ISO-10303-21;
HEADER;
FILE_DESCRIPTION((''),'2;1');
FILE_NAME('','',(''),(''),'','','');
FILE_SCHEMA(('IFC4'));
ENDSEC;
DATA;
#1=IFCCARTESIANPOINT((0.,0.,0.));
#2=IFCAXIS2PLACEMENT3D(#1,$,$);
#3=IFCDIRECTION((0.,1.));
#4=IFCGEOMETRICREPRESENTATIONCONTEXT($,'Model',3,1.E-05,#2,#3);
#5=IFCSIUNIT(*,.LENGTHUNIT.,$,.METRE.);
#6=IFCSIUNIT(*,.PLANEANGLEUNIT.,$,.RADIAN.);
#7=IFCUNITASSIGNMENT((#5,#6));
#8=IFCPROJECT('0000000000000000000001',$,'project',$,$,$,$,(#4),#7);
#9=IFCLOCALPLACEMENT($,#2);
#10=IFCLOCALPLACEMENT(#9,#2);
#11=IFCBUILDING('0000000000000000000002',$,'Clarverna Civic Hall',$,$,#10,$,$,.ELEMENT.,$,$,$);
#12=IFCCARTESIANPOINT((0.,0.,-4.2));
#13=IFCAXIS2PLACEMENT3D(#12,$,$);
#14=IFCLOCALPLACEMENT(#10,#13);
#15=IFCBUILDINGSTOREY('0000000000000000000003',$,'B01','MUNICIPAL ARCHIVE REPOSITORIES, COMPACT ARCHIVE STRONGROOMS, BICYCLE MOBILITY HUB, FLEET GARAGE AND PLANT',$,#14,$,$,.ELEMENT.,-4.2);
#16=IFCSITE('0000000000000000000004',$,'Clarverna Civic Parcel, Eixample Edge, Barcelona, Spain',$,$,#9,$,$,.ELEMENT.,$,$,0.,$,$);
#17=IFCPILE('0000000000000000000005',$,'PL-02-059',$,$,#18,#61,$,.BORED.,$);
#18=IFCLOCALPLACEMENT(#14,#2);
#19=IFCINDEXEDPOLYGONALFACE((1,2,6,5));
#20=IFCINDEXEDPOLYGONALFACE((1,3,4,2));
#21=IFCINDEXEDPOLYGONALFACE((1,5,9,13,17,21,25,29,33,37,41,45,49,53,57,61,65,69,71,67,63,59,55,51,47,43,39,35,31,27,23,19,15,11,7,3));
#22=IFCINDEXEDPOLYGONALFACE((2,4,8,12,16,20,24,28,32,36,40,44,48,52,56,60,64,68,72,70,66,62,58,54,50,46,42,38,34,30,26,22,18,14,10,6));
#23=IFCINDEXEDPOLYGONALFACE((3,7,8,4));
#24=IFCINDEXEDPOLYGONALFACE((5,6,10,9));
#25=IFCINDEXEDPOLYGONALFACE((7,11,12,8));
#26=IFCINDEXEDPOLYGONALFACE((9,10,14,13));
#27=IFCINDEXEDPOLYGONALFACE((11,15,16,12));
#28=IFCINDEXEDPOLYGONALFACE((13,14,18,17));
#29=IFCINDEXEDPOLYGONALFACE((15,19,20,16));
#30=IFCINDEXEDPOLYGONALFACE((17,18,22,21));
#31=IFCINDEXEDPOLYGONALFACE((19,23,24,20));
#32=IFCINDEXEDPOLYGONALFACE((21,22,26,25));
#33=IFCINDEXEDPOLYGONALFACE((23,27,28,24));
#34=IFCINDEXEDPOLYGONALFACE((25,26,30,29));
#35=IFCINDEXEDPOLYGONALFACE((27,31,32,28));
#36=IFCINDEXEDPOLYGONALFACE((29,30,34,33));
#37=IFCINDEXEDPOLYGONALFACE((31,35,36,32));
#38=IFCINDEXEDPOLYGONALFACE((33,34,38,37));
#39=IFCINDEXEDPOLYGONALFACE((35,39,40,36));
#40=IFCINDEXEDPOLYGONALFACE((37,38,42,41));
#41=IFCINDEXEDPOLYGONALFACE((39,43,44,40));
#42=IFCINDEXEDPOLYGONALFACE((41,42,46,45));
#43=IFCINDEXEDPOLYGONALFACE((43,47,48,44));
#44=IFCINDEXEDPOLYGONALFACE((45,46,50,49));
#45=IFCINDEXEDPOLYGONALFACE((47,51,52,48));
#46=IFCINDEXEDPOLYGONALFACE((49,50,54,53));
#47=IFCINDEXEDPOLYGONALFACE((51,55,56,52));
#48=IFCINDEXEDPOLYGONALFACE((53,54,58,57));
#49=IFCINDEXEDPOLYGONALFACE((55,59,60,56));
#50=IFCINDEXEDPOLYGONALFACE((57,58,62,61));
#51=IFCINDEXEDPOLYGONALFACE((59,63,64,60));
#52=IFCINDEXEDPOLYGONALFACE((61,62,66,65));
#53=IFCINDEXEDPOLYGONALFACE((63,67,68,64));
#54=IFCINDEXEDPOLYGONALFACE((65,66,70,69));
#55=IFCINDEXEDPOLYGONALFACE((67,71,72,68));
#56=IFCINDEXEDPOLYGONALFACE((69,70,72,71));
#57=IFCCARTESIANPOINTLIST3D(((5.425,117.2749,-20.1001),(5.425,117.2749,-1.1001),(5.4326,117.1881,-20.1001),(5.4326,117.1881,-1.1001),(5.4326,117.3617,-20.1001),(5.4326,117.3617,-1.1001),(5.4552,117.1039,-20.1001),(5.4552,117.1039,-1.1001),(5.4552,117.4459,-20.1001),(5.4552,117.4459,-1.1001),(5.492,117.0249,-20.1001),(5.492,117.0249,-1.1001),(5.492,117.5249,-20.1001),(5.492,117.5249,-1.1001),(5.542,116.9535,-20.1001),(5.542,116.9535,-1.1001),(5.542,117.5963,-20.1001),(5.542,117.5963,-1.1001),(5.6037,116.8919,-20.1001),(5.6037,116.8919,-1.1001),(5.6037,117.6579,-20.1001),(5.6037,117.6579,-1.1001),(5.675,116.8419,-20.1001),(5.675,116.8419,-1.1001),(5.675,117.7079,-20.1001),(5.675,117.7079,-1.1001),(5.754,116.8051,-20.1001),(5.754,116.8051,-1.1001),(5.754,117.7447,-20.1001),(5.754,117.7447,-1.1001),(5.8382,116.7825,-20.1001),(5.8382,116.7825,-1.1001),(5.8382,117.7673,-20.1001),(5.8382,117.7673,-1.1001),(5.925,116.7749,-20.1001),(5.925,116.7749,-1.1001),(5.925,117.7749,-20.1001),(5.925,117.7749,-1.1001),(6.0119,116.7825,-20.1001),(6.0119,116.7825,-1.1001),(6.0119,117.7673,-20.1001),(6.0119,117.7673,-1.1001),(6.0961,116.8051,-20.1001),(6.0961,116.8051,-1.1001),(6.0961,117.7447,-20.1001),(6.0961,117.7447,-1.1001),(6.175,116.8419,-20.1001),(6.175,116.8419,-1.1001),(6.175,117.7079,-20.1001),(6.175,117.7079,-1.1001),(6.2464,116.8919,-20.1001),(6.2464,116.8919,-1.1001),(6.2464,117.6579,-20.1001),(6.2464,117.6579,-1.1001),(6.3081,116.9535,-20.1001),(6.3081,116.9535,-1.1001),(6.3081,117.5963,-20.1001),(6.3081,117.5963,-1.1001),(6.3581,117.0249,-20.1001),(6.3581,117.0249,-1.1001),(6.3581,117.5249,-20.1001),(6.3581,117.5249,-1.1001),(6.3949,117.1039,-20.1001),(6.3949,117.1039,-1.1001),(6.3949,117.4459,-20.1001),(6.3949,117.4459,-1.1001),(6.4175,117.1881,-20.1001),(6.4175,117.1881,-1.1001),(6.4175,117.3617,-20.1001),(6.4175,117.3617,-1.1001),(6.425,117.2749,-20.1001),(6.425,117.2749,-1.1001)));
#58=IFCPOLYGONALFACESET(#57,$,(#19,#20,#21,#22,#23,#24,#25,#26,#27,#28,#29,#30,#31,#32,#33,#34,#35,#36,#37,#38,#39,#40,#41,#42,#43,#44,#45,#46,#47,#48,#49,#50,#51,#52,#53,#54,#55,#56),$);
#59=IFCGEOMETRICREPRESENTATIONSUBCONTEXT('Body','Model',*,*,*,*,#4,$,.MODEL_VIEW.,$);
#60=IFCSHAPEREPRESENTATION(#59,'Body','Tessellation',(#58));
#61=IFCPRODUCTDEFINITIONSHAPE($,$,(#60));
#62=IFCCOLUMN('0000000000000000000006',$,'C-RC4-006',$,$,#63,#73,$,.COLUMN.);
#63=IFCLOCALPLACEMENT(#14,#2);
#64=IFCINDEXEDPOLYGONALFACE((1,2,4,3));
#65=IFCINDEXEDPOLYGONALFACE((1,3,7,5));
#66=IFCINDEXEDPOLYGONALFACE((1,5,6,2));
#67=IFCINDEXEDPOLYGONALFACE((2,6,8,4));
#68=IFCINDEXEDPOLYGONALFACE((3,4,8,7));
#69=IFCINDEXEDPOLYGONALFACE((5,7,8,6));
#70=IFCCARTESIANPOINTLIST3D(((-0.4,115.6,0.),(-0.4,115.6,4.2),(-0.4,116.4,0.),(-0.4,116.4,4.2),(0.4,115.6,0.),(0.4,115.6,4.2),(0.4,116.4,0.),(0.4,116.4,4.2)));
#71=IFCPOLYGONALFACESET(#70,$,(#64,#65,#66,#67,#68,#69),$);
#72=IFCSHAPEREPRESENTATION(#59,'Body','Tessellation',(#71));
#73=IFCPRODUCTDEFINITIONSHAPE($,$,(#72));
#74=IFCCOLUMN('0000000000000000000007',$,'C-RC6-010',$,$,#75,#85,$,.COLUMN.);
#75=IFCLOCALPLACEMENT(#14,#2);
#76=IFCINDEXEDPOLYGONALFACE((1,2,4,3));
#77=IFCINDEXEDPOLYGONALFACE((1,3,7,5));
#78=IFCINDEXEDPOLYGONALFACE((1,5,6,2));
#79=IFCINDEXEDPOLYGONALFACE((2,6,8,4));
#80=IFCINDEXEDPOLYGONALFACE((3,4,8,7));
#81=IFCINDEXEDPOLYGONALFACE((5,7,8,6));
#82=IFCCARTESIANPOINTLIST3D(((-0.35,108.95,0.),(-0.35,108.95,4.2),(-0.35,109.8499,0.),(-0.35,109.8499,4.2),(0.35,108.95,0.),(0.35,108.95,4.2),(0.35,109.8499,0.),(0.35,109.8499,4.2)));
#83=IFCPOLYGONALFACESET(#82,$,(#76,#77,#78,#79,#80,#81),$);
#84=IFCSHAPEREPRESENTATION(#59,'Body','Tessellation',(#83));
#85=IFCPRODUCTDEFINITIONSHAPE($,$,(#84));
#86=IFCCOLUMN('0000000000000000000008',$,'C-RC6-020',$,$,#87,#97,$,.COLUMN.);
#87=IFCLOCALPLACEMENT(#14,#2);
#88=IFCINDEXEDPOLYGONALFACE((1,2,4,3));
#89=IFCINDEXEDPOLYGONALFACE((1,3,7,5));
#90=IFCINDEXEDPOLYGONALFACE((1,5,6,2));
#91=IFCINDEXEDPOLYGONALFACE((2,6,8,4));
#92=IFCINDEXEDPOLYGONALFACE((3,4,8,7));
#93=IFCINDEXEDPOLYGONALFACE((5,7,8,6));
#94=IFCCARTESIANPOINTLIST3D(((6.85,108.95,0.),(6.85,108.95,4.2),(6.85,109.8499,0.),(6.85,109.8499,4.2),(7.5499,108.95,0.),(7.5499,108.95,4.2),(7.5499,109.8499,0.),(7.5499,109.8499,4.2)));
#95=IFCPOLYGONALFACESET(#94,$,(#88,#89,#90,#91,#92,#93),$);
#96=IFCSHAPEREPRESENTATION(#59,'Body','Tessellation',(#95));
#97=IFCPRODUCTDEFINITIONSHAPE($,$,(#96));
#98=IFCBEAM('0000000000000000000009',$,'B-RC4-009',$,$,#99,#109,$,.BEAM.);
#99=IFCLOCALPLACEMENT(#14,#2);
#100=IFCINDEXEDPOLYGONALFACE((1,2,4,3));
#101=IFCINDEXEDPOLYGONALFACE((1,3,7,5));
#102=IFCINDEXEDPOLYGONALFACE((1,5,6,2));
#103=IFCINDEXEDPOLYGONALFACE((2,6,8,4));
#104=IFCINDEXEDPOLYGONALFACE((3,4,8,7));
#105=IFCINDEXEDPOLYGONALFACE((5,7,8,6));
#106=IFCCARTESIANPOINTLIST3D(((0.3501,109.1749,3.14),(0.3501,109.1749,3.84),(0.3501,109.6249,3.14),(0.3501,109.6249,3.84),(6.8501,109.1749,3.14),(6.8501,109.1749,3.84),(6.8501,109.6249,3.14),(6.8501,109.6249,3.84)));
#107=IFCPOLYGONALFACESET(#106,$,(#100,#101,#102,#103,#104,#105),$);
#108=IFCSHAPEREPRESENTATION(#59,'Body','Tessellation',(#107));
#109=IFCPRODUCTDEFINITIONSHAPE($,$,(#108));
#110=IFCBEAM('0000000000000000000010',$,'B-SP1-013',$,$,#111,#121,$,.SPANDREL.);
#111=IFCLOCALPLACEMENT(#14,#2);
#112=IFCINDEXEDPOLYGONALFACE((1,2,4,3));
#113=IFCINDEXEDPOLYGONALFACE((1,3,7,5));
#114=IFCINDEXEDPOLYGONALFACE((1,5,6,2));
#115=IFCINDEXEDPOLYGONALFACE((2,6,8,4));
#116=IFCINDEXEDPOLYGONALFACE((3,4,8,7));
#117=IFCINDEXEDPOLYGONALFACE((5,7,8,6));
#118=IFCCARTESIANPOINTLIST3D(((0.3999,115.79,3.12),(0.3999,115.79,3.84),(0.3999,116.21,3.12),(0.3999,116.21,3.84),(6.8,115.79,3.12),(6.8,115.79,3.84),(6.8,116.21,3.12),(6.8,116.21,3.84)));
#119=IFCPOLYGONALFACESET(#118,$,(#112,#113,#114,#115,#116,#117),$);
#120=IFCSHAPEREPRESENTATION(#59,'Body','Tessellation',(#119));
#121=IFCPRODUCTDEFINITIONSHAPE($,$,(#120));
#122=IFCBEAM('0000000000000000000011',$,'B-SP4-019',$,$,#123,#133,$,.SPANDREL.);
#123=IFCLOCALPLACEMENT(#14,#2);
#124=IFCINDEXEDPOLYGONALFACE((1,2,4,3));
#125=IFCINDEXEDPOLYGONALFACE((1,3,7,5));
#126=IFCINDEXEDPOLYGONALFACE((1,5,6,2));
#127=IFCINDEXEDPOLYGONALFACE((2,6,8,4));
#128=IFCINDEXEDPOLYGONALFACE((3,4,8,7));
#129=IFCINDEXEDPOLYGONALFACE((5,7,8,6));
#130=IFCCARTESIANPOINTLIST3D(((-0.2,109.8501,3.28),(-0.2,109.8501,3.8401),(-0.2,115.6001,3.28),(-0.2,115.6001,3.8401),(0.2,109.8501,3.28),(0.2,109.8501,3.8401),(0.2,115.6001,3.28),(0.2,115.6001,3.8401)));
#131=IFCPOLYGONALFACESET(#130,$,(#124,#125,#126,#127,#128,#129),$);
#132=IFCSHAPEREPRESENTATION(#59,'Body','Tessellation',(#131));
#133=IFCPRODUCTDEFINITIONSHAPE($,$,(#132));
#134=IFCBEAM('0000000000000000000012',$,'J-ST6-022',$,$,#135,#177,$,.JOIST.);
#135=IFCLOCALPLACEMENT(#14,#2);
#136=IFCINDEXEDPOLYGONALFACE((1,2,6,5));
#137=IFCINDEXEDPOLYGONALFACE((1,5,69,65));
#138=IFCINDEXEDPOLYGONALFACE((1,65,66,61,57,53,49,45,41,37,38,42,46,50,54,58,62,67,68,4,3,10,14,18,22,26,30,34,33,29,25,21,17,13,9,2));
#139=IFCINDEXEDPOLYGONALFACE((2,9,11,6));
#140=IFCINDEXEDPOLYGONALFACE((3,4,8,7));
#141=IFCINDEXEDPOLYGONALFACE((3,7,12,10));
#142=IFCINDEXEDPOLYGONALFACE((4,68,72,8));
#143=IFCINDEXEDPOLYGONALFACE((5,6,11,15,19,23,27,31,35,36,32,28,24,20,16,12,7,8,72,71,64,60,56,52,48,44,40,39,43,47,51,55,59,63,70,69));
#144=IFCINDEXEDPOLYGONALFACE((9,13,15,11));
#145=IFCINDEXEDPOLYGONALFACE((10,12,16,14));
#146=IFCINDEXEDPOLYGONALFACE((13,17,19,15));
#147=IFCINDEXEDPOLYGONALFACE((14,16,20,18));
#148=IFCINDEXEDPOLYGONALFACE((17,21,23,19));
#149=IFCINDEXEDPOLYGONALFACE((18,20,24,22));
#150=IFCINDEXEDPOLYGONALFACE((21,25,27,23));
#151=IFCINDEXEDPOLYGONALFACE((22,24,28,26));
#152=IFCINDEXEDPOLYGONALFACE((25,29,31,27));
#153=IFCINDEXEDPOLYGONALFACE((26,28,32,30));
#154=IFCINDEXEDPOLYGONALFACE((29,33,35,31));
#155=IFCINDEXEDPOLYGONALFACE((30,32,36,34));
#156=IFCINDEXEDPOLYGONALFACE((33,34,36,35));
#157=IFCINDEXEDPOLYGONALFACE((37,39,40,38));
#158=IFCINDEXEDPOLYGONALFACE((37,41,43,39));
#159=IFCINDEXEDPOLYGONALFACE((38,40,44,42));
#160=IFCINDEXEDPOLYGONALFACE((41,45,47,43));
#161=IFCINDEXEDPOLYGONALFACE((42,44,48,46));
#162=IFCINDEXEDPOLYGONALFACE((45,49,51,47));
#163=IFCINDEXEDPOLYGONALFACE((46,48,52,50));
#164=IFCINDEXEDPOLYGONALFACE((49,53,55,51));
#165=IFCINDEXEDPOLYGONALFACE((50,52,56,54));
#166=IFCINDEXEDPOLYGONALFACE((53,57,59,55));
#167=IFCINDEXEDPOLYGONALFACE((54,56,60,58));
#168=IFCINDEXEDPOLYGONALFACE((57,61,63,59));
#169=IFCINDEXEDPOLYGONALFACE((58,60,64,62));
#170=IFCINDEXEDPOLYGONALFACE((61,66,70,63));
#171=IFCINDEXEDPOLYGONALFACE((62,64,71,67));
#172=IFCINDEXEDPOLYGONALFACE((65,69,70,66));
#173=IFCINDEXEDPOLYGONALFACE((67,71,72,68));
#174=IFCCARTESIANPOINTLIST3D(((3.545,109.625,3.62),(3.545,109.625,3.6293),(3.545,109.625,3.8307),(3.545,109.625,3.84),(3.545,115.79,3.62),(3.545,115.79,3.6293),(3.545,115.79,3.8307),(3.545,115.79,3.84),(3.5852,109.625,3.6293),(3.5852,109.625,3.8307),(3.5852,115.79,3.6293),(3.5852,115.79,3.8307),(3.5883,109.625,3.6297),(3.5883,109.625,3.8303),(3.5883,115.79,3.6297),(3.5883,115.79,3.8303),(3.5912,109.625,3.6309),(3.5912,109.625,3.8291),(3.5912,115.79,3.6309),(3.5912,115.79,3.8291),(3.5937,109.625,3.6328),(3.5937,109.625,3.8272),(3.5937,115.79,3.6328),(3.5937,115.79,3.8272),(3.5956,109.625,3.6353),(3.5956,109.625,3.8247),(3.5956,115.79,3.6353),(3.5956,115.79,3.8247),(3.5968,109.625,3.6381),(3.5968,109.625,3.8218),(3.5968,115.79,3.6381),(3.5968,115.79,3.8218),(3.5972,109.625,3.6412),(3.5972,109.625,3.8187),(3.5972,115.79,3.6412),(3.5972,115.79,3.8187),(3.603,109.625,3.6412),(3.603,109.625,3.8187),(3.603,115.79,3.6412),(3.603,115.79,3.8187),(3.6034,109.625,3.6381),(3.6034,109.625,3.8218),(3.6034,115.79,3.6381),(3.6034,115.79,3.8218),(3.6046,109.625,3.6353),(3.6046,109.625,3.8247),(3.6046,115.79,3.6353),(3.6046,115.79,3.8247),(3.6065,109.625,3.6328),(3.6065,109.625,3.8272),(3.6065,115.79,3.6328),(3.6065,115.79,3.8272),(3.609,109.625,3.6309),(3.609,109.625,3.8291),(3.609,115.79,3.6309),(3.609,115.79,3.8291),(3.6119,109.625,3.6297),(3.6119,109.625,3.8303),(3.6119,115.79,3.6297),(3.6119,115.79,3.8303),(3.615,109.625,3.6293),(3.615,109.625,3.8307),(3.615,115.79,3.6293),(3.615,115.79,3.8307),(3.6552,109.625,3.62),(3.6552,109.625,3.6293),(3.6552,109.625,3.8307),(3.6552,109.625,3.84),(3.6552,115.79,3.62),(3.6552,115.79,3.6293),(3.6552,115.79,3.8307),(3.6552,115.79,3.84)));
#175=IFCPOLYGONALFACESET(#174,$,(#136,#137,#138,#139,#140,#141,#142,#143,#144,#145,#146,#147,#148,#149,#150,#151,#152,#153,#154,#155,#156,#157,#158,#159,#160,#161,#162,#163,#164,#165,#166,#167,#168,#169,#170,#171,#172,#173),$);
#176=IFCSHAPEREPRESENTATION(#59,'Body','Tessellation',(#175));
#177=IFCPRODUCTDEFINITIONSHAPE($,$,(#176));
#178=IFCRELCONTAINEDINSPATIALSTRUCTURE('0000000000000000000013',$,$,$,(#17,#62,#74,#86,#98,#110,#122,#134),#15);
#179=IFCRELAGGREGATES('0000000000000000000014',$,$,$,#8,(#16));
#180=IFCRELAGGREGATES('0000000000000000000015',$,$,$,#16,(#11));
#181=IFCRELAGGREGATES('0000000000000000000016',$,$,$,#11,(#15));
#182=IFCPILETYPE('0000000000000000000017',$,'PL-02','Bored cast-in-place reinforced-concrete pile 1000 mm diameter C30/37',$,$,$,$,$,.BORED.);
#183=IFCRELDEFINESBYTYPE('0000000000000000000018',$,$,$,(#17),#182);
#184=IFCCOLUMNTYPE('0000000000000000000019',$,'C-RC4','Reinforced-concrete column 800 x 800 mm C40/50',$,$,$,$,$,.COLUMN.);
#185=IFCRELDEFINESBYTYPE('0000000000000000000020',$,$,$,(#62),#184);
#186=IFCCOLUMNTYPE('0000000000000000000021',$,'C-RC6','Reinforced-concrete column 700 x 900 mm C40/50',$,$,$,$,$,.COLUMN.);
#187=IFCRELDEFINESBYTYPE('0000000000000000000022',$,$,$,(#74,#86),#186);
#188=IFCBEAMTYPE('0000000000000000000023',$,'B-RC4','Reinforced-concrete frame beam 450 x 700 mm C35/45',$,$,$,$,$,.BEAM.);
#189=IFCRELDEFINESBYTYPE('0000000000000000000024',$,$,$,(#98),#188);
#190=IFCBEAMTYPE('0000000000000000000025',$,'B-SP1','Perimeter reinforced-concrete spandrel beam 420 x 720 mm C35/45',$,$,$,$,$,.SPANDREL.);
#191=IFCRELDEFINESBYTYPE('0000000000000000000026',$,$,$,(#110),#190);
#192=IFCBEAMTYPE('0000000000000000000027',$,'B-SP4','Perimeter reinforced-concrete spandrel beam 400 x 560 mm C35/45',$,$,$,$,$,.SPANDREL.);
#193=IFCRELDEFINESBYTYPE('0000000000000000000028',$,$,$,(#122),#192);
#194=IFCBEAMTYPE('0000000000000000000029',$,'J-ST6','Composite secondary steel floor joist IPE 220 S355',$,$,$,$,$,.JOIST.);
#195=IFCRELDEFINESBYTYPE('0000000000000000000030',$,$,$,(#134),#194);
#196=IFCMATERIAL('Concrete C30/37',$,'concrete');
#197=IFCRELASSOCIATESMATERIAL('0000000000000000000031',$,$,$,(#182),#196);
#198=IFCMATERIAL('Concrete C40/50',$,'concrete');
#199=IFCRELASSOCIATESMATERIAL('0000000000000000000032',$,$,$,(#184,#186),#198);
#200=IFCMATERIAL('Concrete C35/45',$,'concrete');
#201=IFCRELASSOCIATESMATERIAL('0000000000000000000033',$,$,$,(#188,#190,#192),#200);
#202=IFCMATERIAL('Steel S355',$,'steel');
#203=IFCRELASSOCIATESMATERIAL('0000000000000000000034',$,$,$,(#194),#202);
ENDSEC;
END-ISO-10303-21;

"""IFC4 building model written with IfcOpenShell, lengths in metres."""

from ifc_helpers import new_model, si_unit, direction, frame, origin, origin_2d, place, context, subcontext, project, spatial, rectangle, circle, i_section, extrude, material, material_profile, profile_set, type_object, element, save


model = new_model("IFC4")

# Units and contexts
model_context = context("Model", 3, precision=1e-05, world=origin(), true_north=direction((0.0, 1.0)))
body_context = subcontext(model_context, "Body", "Model", "MODEL_VIEW")
ifc_project = project(units=[si_unit("LENGTHUNIT", "METRE"), si_unit("PLANEANGLEUNIT", "RADIAN")], contexts=[model_context])

# Site, building, storey
site_placement = place(None, origin())
site = spatial("IfcSite", under=ifc_project, at=site_placement, Name="Clarverna Civic Parcel, Eixample Edge, Barcelona, Spain", CompositionType="ELEMENT", RefElevation=0.0)
building_placement = place(site_placement, origin())
building = spatial("IfcBuilding", under=site, at=building_placement, Name="Clarverna Civic Hall", CompositionType="ELEMENT")
storey_placement = place(building_placement, frame((0.0, 0.0, -4.2)))
storey = spatial("IfcBuildingStorey", under=building, at=storey_placement, Name="B01", Description="MUNICIPAL ARCHIVE REPOSITORIES, COMPACT ARCHIVE STRONGROOMS, BICYCLE MOBILITY HUB, FLEET GARAGE AND PLANT", CompositionType="ELEMENT", Elevation=-4.2)

# Shared definitions
ifc_material_1 = material(Name="Concrete C30/37", Category="concrete")

# Pile
ifc_material_profile_1 = material_profile(ifc_material_1, circle(Radius=0.5, at=origin_2d()), Name="BORED PILE D1000")
ifc_profile_set_1 = profile_set([ifc_material_profile_1], Name="Concrete C30/37")
pile_type = type_object("IfcPileType", Name="PL-02", Description="Bored cast-in-place reinforced-concrete pile 1000 mm diameter C30/37", PredefinedType="BORED", material=ifc_profile_set_1)
for number, where, z_axis, x_axis, name in (
    (1, (5.925, 117.2749, -1.1001), (0.0, 0.0, -1.0), (1.0, 0.0, 0.0), "PL-02-059"),
):
    element("IfcPile", number, at=place(storey_placement, frame(where, z_axis=z_axis, x_axis=x_axis)), inside=storey, type_object=pile_type, Name=name, PredefinedType="BORED", context=body_context, shape_type="SweptSolid", body=[
        extrude(circle(Radius=0.5, at=origin_2d()), origin(), (0.0, 0.0, 1.0), 19.0),
    ])

# Columns
ifc_material_2 = material(Name="Concrete C40/50", Category="concrete")
ifc_material_profile_2 = material_profile(ifc_material_2, rectangle(XDim=0.8, YDim=0.8, at=origin_2d()), Name="RC 800x800")
ifc_profile_set_2 = profile_set([ifc_material_profile_2], Name="Concrete C40/50")
column_type_1 = type_object("IfcColumnType", Name="C-RC4", Description="Reinforced-concrete column 800 x 800 mm C40/50", PredefinedType="COLUMN", material=ifc_profile_set_2)
column_placement = place(storey_placement, frame((0.0, 116.0, 0.0), z_axis=(0.0, 0.0, 1.0), x_axis=(1.0, 0.0, 0.0)))
element("IfcColumn", 2, at=column_placement, inside=storey, type_object=column_type_1, Name="C-RC4-006", PredefinedType="COLUMN", context=body_context, shape_type="SweptSolid", body=[
    extrude(rectangle(XDim=0.8, YDim=0.8, at=origin_2d()), origin(), (0.0, 0.0, 1.0), 4.2),
])
ifc_material_profile_3 = material_profile(ifc_material_2, rectangle(XDim=0.7, YDim=0.8999, at=origin_2d()), Name="RC 700x900")
ifc_profile_set_3 = profile_set([ifc_material_profile_3], Name="Concrete C40/50")
column_type_2 = type_object("IfcColumnType", Name="C-RC6", Description="Reinforced-concrete column 700 x 900 mm C40/50", PredefinedType="COLUMN", material=ifc_profile_set_3)
for number, where, z_axis, x_axis, name in (
    (3, (0.0, 109.3999, 0.0), (0.0, 0.0, 1.0), (1.0, 0.0, 0.0), "C-RC6-010"),
    (4, (7.2, 109.3999, 0.0), (0.0, 0.0, 1.0), (1.0, 0.0, 0.0), "C-RC6-020"),
):
    element("IfcColumn", number, at=place(storey_placement, frame(where, z_axis=z_axis, x_axis=x_axis)), inside=storey, type_object=column_type_2, Name=name, PredefinedType="COLUMN", context=body_context, shape_type="SweptSolid", body=[
        extrude(rectangle(XDim=0.7, YDim=0.8999, at=origin_2d()), origin(), (0.0, 0.0, 1.0), 4.2),
    ])

# Beams
ifc_material_3 = material(Name="Concrete C35/45", Category="concrete")
ifc_material_profile_4 = material_profile(ifc_material_3, rectangle(XDim=0.45, YDim=0.7, at=origin_2d()), Name="RC 450x700")
ifc_profile_set_4 = profile_set([ifc_material_profile_4], Name="Concrete C35/45")
beam_type_1 = type_object("IfcBeamType", Name="B-RC4", Description="Reinforced-concrete frame beam 450 x 700 mm C35/45", PredefinedType="BEAM", material=ifc_profile_set_4)
beam_1_placement = place(storey_placement, frame((0.3501, 109.3999, 3.49), z_axis=(1.0, 0.0, 0.0), x_axis=(0.0, 1.0, 0.0)))
element("IfcBeam", 5, at=beam_1_placement, inside=storey, type_object=beam_type_1, Name="B-RC4-009", PredefinedType="BEAM", context=body_context, shape_type="SweptSolid", body=[
    extrude(rectangle(XDim=0.45, YDim=0.7, at=origin_2d()), origin(), (0.0, 0.0, 1.0), 6.5),
])
ifc_material_profile_5 = material_profile(ifc_material_3, rectangle(XDim=0.4199, YDim=0.72, at=origin_2d()), Name="RC 420x720")
ifc_profile_set_5 = profile_set([ifc_material_profile_5], Name="Concrete C35/45")
beam_type_2 = type_object("IfcBeamType", Name="B-SP1", Description="Perimeter reinforced-concrete spandrel beam 420 x 720 mm C35/45", PredefinedType="SPANDREL", material=ifc_profile_set_5)
beam_2_placement = place(storey_placement, frame((0.3999, 116.0, 3.48), z_axis=(1.0, 0.0, 0.0), x_axis=(0.0, 1.0, 0.0)))
element("IfcBeam", 6, at=beam_2_placement, inside=storey, type_object=beam_type_2, Name="B-SP1-013", PredefinedType="SPANDREL", context=body_context, shape_type="SweptSolid", body=[
    extrude(rectangle(XDim=0.4199, YDim=0.72, at=origin_2d()), origin(), (0.0, 0.0, 1.0), 6.4001),
])
ifc_material_profile_6 = material_profile(ifc_material_3, rectangle(XDim=0.3999, YDim=0.5601, at=origin_2d()), Name="RC 400x560")
ifc_profile_set_6 = profile_set([ifc_material_profile_6], Name="Concrete C35/45")
beam_type_3 = type_object("IfcBeamType", Name="B-SP4", Description="Perimeter reinforced-concrete spandrel beam 400 x 560 mm C35/45", PredefinedType="SPANDREL", material=ifc_profile_set_6)
beam_3_placement = place(storey_placement, frame((0.0, 109.8501, 3.5601), z_axis=(0.0, 1.0, 0.0), x_axis=(-1.0, 0.0, 0.0)))
element("IfcBeam", 7, at=beam_3_placement, inside=storey, type_object=beam_type_3, Name="B-SP4-019", PredefinedType="SPANDREL", context=body_context, shape_type="SweptSolid", body=[
    extrude(rectangle(XDim=0.3999, YDim=0.5601, at=origin_2d()), origin(), (0.0, 0.0, 1.0), 5.75),
])
ifc_material_4 = material(Name="Steel S355", Category="steel")
ifc_material_profile_7 = material_profile(ifc_material_4, i_section(OverallWidth=0.1101, OverallDepth=0.22, WebThickness=0.0059, FlangeThickness=0.0093, FilletRadius=0.012, at=origin_2d()), Name="IPE 220")
ifc_profile_set_7 = profile_set([ifc_material_profile_7], Name="Steel S355")
beam_type_4 = type_object("IfcBeamType", Name="J-ST6", Description="Composite secondary steel floor joist IPE 220 S355", PredefinedType="JOIST", material=ifc_profile_set_7)
beam_4_placement = place(storey_placement, frame((3.6001, 109.625, 3.73), z_axis=(0.0, 1.0, 0.0), x_axis=(-1.0, 0.0, 0.0)))
element("IfcBeam", 8, at=beam_4_placement, inside=storey, type_object=beam_type_4, Name="J-ST6-022", PredefinedType="JOIST", context=body_context, shape_type="SweptSolid", body=[
    extrude(i_section(OverallWidth=0.1101, OverallDepth=0.22, WebThickness=0.0059, FlangeThickness=0.0093, FilletRadius=0.012, at=origin_2d()), origin(), (0.0, 0.0, 1.0), 6.165),
])

save(model, "model.ifc")
